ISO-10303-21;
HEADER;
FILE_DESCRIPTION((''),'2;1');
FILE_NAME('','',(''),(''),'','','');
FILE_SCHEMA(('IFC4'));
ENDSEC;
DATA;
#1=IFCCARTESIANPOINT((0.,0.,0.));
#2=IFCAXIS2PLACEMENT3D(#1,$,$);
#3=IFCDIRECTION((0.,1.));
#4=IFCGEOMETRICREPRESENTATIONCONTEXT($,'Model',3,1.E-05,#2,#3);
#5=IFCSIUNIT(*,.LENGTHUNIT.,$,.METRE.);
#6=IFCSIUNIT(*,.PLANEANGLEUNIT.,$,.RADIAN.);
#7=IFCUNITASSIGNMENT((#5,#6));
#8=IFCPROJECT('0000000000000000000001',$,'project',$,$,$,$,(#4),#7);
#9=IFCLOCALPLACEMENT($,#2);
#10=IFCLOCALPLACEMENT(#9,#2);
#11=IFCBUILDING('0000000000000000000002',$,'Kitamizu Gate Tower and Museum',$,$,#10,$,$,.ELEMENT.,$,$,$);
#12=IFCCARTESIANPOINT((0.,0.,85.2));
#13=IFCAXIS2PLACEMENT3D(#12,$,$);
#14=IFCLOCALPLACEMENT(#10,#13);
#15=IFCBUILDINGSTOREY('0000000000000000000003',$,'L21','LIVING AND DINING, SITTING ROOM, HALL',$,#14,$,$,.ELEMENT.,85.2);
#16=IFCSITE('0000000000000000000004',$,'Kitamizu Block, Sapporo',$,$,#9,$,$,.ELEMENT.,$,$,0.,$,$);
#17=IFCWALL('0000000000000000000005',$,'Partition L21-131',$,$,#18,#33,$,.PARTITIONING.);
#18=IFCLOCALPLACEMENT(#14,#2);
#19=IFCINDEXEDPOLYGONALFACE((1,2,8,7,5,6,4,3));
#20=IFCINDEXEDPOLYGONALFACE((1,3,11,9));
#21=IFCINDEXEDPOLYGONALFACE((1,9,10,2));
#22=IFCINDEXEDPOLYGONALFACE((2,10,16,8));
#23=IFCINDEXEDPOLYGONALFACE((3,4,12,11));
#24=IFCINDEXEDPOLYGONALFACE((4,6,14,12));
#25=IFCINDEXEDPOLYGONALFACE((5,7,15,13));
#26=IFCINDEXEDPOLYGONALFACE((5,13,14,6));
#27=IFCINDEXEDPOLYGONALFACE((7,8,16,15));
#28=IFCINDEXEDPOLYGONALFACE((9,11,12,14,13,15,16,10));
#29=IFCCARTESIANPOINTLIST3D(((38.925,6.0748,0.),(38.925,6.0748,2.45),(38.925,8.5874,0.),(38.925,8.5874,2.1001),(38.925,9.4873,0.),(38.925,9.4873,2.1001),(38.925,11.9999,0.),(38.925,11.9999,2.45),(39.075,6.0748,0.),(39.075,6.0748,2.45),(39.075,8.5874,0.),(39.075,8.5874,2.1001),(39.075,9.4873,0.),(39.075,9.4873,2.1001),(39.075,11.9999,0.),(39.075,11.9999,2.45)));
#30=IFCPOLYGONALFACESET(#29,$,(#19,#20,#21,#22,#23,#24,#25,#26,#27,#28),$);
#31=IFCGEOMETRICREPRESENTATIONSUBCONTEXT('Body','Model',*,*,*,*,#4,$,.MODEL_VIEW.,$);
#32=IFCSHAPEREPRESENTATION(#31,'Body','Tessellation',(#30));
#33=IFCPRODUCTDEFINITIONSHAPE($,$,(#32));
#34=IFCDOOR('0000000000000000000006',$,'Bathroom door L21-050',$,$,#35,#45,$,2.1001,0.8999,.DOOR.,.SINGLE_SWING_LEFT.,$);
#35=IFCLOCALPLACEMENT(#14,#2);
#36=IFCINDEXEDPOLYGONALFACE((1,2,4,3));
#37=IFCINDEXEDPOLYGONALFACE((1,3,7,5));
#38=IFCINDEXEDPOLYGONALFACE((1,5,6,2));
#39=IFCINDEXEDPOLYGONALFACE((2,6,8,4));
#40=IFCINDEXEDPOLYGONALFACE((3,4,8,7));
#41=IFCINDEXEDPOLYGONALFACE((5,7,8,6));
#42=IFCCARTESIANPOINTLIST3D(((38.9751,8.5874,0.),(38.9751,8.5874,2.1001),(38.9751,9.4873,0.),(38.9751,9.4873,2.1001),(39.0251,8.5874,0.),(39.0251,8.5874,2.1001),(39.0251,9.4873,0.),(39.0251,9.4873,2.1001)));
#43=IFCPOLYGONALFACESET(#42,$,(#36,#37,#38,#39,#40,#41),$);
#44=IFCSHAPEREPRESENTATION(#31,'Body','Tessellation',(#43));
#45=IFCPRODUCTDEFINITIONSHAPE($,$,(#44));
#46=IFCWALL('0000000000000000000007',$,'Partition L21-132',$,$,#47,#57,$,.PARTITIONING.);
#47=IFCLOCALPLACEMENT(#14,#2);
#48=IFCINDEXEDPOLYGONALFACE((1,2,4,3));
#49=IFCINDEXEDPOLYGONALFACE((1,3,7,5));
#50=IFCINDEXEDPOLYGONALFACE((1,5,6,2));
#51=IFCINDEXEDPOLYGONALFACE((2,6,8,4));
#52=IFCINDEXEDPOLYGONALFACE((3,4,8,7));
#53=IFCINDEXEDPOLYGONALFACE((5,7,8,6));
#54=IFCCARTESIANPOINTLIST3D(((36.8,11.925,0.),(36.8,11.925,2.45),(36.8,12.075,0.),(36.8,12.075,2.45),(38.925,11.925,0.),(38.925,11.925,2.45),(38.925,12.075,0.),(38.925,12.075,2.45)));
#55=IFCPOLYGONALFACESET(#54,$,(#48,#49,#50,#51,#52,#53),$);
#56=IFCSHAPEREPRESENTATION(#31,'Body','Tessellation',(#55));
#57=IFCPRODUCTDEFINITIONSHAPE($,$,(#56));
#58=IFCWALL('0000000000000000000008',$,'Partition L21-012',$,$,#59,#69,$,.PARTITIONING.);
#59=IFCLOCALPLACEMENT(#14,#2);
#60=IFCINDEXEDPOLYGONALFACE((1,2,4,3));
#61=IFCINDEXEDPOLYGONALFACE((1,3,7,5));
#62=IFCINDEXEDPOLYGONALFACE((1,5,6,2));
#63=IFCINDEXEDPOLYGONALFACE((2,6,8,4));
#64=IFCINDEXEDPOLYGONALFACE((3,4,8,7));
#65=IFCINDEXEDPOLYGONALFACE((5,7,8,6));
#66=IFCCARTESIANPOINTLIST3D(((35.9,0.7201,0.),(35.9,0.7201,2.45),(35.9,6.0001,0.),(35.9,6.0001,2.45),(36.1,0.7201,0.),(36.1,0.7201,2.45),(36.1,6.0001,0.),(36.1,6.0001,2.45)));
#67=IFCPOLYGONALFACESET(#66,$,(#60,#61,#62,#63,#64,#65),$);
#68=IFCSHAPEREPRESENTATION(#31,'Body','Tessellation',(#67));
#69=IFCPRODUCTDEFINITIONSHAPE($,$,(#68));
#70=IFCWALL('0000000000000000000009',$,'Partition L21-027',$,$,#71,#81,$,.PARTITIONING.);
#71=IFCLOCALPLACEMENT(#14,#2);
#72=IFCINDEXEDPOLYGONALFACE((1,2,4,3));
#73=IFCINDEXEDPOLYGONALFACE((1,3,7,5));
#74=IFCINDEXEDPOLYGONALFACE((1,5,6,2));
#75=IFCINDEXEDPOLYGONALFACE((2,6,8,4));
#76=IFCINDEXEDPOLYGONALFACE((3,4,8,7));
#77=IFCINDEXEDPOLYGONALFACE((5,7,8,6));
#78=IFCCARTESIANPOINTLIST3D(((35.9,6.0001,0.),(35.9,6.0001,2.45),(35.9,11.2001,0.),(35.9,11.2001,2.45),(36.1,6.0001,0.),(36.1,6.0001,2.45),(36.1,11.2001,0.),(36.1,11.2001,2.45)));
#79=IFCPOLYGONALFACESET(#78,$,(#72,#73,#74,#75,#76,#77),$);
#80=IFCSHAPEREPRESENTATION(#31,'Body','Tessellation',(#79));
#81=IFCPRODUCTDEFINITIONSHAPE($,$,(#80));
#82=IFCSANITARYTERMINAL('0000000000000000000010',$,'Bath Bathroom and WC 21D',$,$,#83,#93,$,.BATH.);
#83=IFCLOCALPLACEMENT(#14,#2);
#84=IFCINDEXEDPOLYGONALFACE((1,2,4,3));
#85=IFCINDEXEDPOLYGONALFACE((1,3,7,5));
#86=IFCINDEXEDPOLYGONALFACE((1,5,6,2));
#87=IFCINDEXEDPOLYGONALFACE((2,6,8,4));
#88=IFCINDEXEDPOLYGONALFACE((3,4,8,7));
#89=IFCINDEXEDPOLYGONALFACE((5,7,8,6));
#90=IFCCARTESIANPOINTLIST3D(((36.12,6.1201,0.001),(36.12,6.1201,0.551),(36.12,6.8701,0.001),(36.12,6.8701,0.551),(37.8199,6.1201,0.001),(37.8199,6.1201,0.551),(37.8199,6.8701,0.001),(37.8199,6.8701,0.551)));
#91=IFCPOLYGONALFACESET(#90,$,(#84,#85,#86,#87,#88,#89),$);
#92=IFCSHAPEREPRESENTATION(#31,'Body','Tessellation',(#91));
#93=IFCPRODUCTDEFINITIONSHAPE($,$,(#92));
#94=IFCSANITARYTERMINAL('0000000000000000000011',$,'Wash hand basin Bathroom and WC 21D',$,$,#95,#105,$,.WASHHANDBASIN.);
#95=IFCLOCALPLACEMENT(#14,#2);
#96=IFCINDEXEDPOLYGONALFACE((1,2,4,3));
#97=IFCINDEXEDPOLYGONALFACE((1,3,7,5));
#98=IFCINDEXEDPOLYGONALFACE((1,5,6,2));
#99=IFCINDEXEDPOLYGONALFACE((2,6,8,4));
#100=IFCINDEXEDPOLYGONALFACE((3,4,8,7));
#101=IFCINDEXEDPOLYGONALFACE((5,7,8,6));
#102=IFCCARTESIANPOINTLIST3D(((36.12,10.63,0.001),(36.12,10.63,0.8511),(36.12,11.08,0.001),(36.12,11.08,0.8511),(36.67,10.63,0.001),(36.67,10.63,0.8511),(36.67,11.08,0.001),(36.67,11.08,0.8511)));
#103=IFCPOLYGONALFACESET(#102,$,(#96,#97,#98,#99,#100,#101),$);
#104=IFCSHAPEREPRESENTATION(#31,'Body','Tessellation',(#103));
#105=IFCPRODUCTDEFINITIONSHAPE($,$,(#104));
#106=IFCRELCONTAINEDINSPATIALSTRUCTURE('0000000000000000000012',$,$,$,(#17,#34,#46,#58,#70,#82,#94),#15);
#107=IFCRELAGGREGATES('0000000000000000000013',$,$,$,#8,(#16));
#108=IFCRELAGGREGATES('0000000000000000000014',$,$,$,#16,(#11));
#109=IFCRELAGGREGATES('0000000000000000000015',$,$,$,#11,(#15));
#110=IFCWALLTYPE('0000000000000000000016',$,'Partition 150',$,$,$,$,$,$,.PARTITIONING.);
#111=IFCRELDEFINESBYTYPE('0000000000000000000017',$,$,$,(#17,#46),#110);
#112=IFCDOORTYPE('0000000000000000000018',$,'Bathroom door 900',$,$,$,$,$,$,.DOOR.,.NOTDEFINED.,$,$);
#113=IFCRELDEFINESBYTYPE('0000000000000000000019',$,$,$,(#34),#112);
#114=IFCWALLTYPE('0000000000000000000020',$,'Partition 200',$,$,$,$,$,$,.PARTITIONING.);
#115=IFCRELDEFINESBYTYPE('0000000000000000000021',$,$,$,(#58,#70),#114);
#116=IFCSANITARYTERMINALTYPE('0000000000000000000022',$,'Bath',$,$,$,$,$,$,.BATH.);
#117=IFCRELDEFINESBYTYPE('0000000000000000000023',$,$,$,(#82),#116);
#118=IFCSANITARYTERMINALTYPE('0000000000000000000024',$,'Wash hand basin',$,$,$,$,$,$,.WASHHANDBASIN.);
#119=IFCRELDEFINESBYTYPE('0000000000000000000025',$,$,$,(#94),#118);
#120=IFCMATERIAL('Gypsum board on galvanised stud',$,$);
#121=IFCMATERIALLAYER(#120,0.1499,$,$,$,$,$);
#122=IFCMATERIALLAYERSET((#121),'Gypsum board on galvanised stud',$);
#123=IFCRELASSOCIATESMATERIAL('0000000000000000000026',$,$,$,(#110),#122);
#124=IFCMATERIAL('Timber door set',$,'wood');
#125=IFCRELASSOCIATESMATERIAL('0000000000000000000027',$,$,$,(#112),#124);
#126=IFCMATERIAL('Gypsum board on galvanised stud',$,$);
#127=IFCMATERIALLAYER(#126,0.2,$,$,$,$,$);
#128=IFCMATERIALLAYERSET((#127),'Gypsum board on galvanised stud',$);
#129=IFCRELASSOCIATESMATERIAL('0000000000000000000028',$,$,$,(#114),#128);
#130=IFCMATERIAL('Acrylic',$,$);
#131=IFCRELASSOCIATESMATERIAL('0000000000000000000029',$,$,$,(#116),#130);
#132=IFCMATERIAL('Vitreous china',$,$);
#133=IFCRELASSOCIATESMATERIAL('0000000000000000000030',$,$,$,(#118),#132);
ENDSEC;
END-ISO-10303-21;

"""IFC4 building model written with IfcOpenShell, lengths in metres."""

from ifc_helpers import new_model, si_unit, direction, frame, frame_2d, origin, origin_2d, place, context, subcontext, project, spatial, rectangle, extrude, material, layer, layer_set, type_object, element, fill, save


model = new_model("IFC4")

# Units and contexts
model_context = context("Model", 3, precision=1e-05, world=origin(), true_north=direction((0.0, 1.0)))
body_context = subcontext(model_context, "Body", "Model", "MODEL_VIEW")
ifc_project = project(units=[si_unit("LENGTHUNIT", "METRE"), si_unit("PLANEANGLEUNIT", "RADIAN")], contexts=[model_context])

# Site, building, storey
site_placement = place(None, origin())
site = spatial("IfcSite", under=ifc_project, at=site_placement, Name="Kitamizu Block, Sapporo", CompositionType="ELEMENT", RefElevation=0.0)
building_placement = place(site_placement, origin())
building = spatial("IfcBuilding", under=site, at=building_placement, Name="Kitamizu Gate Tower and Museum", CompositionType="ELEMENT")
storey_placement = place(building_placement, frame((0.0, 0.0, 85.2)))
storey = spatial("IfcBuildingStorey", under=building, at=storey_placement, Name="L21", Description="LIVING AND DINING, SITTING ROOM, HALL", CompositionType="ELEMENT", Elevation=85.2)

# Shared definitions
ifc_material_1 = material(Name="Gypsum board on galvanised stud")
ifc_layer_1 = layer(ifc_material_1, 0.1499)
ifc_layer_set_1 = layer_set([ifc_layer_1], Name="Gypsum board on galvanised stud")
wall_type_1 = type_object("IfcWallType", Name="Partition 150", PredefinedType="PARTITIONING", material=ifc_layer_set_1)

# Wall, opening, door
wall_1_placement = place(storey_placement, frame((39.0, 6.075, 0.0), z_axis=(0.0, 0.0, 1.0), x_axis=(0.0, 1.0, 0.0)))
wall_1 = element("IfcWall", 1, at=wall_1_placement, inside=storey, type_object=wall_type_1, Name="Partition L21-131", PredefinedType="PARTITIONING", context=body_context, shape_type="SweptSolid", body=[
    extrude(rectangle(XDim=5.925, YDim=0.1499, at=frame_2d((2.9624, 0.0))), origin(), (0.0, 0.0, 1.0), 2.45),
])
opening_1_placement = place(wall_1_placement, frame((2.5125, 0.0, 0.0)))
opening_1 = element("IfcOpeningElement", 2, at=opening_1_placement, cuts=wall_1, PredefinedType="OPENING", context=body_context, shape_type="SweptSolid", body=[
    extrude(rectangle(XDim=0.8999, YDim=2.1001, at=frame_2d((0.45, 1.05))), frame((0.0, 0.085, 0.0), z_axis=(0.0, -1.0, 0.0), x_axis=(1.0, 0.0, 0.0)), (0.0, 0.0, 1.0), 0.1699),
])
ifc_material_2 = material(Name="Timber door set", Category="wood")
door_type_1 = type_object("IfcDoorType", Name="Bathroom door 900", OperationType="NOTDEFINED", PredefinedType="DOOR", material=ifc_material_2)
door_1_placement = place(opening_1_placement, origin())
door_1 = element("IfcDoor", 3, at=door_1_placement, inside=storey, type_object=door_type_1, Name="Bathroom door L21-050", OperationType="SINGLE_SWING_LEFT", OverallHeight=2.1001, OverallWidth=0.8999, PredefinedType="DOOR", context=body_context, shape_type="SweptSolid", body=[
    extrude(rectangle(XDim=0.8999, YDim=2.1001, at=frame_2d((0.45, 1.05))), frame((0.0, 0.0249, 0.0), z_axis=(0.0, -1.0, 0.0), x_axis=(1.0, 0.0, 0.0)), (0.0, 0.0, 1.0), 0.05),
])
fill(opening_1, door_1)

# Walls
wall_2_placement = place(storey_placement, frame((38.925, 12.0, 0.0), z_axis=(0.0, 0.0, 1.0), x_axis=(-1.0, 0.0, 0.0)))
element("IfcWall", 4, at=wall_2_placement, inside=storey, type_object=wall_type_1, Name="Partition L21-132", PredefinedType="PARTITIONING", context=body_context, shape_type="SweptSolid", body=[
    extrude(rectangle(XDim=2.125, YDim=0.1499, at=frame_2d((1.0625, 0.0))), origin(), (0.0, 0.0, 1.0), 2.45),
])
ifc_material_3 = material(Name="Gypsum board on galvanised stud")
ifc_layer_2 = layer(ifc_material_3, 0.2)
ifc_layer_set_2 = layer_set([ifc_layer_2], Name="Gypsum board on galvanised stud")
wall_type_2 = type_object("IfcWallType", Name="Partition 200", PredefinedType="PARTITIONING", material=ifc_layer_set_2)
wall_3_placement = place(storey_placement, frame((36.0, 0.72, 0.0), z_axis=(0.0, 0.0, 1.0), x_axis=(0.0, 1.0, 0.0)))
element("IfcWall", 5, at=wall_3_placement, inside=storey, type_object=wall_type_2, Name="Partition L21-012", PredefinedType="PARTITIONING", context=body_context, shape_type="SweptSolid", body=[
    extrude(rectangle(XDim=5.28, YDim=0.2, at=frame_2d((2.6401, 0.0))), origin(), (0.0, 0.0, 1.0), 2.45),
])
wall_4_placement = place(storey_placement, frame((36.0, 6.0, 0.0), z_axis=(0.0, 0.0, 1.0), x_axis=(0.0, 1.0, 0.0)))
element("IfcWall", 6, at=wall_4_placement, inside=storey, type_object=wall_type_2, Name="Partition L21-027", PredefinedType="PARTITIONING", context=body_context, shape_type="SweptSolid", body=[
    extrude(rectangle(XDim=5.2, YDim=0.2, at=frame_2d((2.6001, 0.0))), origin(), (0.0, 0.0, 1.0), 2.45),
])

# Sanitary terminals
ifc_material_4 = material(Name="Acrylic")
sanitary_terminal_type_1 = type_object("IfcSanitaryTerminalType", Name="Bath", PredefinedType="BATH", material=ifc_material_4)
sanitary_terminal_1_placement = place(storey_placement, frame((36.97, 6.4951, 0.001), z_axis=(0.0, 0.0, 1.0), x_axis=(1.0, 0.0, 0.0)))
element("IfcSanitaryTerminal", 7, at=sanitary_terminal_1_placement, inside=storey, type_object=sanitary_terminal_type_1, Name="Bath Bathroom and WC 21D", PredefinedType="BATH", context=body_context, shape_type="SweptSolid", body=[
    extrude(rectangle(XDim=1.7, YDim=0.75, at=origin_2d()), origin(), (0.0, 0.0, 1.0), 0.55),
])
ifc_material_5 = material(Name="Vitreous china")
sanitary_terminal_type_2 = type_object("IfcSanitaryTerminalType", Name="Wash hand basin", PredefinedType="WASHHANDBASIN", material=ifc_material_5)
sanitary_terminal_2_placement = place(storey_placement, frame((36.395, 10.855, 0.001), z_axis=(0.0, 0.0, 1.0), x_axis=(1.0, 0.0, 0.0)))
element("IfcSanitaryTerminal", 8, at=sanitary_terminal_2_placement, inside=storey, type_object=sanitary_terminal_type_2, Name="Wash hand basin Bathroom and WC 21D", PredefinedType="WASHHANDBASIN", context=body_context, shape_type="SweptSolid", body=[
    extrude(rectangle(XDim=0.55, YDim=0.45, at=origin_2d()), origin(), (0.0, 0.0, 1.0), 0.8501),
])

save(model, "model.ifc")
